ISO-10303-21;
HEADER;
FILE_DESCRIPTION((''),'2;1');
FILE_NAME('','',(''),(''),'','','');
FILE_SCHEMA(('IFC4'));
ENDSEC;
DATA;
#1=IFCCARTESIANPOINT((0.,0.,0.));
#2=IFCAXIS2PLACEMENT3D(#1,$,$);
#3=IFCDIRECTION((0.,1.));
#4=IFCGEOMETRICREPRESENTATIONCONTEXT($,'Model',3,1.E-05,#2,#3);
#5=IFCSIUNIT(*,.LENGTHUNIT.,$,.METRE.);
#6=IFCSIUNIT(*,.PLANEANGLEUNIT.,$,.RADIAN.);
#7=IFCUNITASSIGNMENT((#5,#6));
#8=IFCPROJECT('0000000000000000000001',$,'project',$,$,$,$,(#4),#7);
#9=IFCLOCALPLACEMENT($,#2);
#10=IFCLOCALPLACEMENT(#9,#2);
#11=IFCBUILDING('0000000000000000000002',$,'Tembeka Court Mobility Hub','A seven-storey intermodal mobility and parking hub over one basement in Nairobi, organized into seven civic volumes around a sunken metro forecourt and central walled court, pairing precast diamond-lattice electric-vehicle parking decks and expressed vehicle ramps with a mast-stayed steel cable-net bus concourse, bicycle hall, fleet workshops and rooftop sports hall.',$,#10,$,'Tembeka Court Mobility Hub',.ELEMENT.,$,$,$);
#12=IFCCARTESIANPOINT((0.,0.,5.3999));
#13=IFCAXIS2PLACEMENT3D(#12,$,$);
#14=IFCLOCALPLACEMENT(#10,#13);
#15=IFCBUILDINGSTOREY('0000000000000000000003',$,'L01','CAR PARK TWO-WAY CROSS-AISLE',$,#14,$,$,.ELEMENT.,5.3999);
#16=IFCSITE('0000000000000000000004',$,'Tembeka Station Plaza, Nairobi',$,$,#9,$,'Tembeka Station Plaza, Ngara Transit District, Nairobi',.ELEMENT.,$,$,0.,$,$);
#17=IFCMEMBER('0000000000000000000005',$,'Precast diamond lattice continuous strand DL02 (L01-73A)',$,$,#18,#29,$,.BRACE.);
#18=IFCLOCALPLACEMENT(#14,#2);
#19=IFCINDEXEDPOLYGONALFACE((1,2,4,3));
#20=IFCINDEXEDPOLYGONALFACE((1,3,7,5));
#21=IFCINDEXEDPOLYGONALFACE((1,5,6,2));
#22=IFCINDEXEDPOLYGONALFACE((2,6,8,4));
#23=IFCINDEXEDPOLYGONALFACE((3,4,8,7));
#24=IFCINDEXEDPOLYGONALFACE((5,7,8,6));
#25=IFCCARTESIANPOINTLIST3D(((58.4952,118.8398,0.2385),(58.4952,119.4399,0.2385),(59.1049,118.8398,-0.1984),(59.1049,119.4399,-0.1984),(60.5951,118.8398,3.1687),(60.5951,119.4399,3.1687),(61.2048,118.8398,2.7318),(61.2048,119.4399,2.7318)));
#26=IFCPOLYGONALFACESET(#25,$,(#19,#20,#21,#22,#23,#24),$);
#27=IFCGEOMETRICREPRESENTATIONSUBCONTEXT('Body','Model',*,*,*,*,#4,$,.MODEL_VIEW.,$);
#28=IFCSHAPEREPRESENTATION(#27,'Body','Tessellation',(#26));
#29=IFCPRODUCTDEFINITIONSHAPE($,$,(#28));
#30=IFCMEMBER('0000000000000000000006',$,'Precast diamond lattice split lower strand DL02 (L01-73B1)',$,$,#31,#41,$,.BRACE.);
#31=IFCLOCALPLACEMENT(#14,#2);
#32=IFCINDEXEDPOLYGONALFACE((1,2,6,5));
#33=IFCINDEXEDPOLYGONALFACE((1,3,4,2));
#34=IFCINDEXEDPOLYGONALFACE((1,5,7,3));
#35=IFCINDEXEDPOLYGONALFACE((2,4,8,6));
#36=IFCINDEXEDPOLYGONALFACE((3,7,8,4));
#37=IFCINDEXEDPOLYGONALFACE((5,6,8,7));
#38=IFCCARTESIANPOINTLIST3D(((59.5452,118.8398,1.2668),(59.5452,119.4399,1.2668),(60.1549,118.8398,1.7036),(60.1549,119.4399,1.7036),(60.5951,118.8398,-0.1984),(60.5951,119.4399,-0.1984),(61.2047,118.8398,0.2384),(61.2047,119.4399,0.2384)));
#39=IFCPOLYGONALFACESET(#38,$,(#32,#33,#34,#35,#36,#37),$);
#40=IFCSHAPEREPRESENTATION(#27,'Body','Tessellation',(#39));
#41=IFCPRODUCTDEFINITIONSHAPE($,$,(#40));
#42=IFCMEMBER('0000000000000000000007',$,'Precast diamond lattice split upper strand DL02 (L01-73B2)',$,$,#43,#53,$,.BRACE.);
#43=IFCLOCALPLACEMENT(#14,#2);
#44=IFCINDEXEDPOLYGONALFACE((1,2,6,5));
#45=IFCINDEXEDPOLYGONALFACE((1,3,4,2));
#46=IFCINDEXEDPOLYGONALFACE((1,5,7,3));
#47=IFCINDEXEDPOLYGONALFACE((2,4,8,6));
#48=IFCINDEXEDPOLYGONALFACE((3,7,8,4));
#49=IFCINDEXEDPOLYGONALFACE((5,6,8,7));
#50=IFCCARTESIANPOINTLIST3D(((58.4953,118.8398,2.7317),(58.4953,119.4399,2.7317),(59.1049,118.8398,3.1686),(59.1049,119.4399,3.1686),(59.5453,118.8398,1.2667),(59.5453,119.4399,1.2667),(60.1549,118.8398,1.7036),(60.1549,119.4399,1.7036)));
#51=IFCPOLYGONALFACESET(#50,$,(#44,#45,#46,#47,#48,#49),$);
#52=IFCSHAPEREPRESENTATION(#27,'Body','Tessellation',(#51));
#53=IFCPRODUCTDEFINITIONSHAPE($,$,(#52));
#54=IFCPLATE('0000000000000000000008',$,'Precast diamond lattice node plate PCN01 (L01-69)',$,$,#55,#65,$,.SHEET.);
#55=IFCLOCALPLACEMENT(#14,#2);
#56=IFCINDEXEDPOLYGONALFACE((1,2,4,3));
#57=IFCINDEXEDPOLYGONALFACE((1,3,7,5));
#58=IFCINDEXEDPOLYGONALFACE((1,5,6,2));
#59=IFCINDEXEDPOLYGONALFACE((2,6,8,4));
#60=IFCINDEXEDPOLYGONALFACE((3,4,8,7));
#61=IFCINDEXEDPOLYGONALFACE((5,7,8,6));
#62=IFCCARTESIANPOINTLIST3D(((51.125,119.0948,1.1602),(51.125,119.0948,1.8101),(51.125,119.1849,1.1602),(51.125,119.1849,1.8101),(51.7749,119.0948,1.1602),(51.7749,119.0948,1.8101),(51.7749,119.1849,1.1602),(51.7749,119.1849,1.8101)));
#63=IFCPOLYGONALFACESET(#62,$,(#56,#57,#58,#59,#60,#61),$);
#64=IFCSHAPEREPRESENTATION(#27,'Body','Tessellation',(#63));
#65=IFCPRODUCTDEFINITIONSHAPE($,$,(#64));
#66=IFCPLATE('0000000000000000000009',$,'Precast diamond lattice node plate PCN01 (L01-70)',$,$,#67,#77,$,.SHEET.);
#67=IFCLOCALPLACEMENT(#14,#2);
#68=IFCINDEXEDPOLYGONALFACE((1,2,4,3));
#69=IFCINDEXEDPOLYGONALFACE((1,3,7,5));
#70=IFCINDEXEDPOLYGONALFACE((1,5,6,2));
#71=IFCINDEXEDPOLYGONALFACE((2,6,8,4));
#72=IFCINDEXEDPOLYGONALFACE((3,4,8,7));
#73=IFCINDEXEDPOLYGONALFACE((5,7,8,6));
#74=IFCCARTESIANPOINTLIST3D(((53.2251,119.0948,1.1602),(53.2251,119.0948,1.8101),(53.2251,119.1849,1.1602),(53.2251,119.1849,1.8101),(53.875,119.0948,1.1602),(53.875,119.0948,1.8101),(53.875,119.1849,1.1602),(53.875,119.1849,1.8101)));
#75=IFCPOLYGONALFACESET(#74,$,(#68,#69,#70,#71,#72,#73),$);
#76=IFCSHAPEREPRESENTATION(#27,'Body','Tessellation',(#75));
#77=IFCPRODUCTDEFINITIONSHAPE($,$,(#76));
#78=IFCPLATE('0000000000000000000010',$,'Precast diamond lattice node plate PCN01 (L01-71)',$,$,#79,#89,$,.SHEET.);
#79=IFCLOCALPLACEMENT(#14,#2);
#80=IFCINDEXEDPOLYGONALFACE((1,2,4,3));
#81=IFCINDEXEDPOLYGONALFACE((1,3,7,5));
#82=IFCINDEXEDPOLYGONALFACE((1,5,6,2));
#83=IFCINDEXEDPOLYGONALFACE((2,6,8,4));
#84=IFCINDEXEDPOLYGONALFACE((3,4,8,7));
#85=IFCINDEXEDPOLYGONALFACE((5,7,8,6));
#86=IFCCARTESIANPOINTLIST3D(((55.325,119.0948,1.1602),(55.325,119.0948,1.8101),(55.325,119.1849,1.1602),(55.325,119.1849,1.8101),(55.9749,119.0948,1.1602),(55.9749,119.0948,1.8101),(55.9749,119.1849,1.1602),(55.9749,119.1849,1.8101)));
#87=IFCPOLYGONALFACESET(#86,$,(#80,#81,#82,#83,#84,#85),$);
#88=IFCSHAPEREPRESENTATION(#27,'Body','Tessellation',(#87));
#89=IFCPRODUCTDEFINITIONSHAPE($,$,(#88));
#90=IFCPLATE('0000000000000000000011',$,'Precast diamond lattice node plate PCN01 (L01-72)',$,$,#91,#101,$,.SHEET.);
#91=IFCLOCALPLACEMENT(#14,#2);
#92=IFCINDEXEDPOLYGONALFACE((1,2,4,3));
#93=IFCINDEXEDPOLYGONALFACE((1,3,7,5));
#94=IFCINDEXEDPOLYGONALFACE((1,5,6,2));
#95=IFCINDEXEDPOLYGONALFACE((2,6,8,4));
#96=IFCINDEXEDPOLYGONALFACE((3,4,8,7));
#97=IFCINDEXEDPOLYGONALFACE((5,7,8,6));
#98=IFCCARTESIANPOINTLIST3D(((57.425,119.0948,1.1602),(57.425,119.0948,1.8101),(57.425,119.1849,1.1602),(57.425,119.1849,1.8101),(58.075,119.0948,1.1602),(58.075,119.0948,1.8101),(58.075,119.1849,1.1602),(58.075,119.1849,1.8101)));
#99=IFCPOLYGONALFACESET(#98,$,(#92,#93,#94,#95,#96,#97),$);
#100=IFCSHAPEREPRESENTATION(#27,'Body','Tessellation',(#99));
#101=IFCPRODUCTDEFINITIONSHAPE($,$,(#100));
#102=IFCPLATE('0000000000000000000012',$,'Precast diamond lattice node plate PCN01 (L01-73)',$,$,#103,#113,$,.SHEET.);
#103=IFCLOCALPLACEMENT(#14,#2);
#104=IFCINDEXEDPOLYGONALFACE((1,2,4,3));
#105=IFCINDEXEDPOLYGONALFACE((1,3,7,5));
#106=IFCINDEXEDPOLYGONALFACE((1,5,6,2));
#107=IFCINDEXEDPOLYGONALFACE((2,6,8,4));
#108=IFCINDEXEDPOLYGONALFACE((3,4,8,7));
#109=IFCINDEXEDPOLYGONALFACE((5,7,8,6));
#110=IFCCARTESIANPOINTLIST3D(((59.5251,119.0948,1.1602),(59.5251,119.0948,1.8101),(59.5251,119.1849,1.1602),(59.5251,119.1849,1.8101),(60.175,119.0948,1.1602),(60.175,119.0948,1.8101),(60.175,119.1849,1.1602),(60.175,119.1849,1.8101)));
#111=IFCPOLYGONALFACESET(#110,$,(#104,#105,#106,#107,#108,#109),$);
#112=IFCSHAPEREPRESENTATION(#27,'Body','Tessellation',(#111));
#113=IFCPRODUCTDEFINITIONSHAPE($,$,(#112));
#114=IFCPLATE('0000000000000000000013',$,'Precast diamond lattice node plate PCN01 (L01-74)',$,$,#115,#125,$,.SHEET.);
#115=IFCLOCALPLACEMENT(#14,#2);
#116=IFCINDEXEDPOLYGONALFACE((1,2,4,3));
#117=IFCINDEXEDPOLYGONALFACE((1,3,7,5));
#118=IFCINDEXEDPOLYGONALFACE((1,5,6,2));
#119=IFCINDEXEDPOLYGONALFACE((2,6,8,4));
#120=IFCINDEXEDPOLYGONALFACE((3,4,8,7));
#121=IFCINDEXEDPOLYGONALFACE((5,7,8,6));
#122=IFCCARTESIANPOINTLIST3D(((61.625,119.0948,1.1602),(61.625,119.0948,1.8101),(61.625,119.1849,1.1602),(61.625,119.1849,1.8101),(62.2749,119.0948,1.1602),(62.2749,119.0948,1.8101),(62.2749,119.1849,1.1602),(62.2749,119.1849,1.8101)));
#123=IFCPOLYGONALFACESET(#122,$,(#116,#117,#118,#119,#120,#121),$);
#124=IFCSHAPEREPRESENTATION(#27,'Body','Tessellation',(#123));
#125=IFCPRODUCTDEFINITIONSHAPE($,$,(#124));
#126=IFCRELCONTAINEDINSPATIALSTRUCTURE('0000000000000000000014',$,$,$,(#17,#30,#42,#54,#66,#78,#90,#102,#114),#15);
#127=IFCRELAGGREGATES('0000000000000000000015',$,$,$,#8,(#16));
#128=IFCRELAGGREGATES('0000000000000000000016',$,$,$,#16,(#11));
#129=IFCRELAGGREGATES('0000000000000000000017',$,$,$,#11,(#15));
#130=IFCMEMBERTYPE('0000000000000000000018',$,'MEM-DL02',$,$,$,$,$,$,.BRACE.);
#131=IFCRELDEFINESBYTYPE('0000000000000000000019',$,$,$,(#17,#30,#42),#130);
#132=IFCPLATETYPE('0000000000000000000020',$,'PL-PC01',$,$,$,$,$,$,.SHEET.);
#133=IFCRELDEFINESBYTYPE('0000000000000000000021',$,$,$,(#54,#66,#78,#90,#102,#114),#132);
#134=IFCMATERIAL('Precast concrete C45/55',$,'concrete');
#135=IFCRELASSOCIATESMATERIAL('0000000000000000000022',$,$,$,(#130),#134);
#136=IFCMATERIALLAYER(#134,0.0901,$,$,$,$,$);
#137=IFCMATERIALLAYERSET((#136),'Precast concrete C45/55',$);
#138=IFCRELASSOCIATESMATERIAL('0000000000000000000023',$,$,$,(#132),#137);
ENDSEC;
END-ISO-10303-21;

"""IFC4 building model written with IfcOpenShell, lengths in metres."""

from ifc_helpers import new_model, si_unit, direction, frame, origin, origin_2d, place, context, subcontext, project, spatial, rectangle, extrude, material, layer, layer_set, material_profile, profile_set, type_object, element, save


model = new_model("IFC4")

# Units and contexts
model_context = context("Model", 3, precision=1e-05, world=origin(), true_north=direction((0.0, 1.0)))
body_context = subcontext(model_context, "Body", "Model", "MODEL_VIEW")
ifc_project = project(units=[si_unit("LENGTHUNIT", "METRE"), si_unit("PLANEANGLEUNIT", "RADIAN")], contexts=[model_context])

# Site, building, storey
site_placement = place(None, origin())
site = spatial("IfcSite", under=ifc_project, at=site_placement, Name="Tembeka Station Plaza, Nairobi", LongName="Tembeka Station Plaza, Ngara Transit District, Nairobi", CompositionType="ELEMENT", RefElevation=0.0)
building_placement = place(site_placement, origin())
building = spatial("IfcBuilding", under=site, at=building_placement, Name="Tembeka Court Mobility Hub", Description="A seven-storey intermodal mobility and parking hub over one basement in Nairobi, organized into seven civic volumes around a sunken metro forecourt and central walled court, pairing precast diamond-lattice electric-vehicle parking decks and expressed vehicle ramps with a mast-stayed steel cable-net bus concourse, bicycle hall, fleet workshops and rooftop sports hall.", LongName="Tembeka Court Mobility Hub", CompositionType="ELEMENT")
storey_placement = place(building_placement, frame((0.0, 0.0, 5.3999)))
storey = spatial("IfcBuildingStorey", under=building, at=storey_placement, Name="L01", Description="CAR PARK TWO-WAY CROSS-AISLE", CompositionType="ELEMENT", Elevation=5.3999)

# Members
ifc_material = material(Name="Precast concrete C45/55", Category="concrete")
ifc_material_profile_1 = material_profile(ifc_material, rectangle(XDim=0.6001, YDim=0.75, at=origin_2d()), Name="PC-DIAG 600x750")
ifc_profile_set_1 = profile_set([ifc_material_profile_1], Name="Precast concrete C45/55")
member_type_1 = type_object("IfcMemberType", Name="MEM-DL02", PredefinedType="BRACE", material=ifc_profile_set_1)
member_1_placement = place(storey_placement, frame((58.8, 119.1399, 0.02), z_axis=(0.5825, 0.0, 0.812831), x_axis=(0.0, 1.0, 0.0)))
element("IfcMember", 1, at=member_1_placement, inside=storey, type_object=member_type_1, Name="Precast diamond lattice continuous strand DL02 (L01-73A)", PredefinedType="BRACE", context=body_context, shape_type="SweptSolid", body=[
    extrude(rectangle(XDim=0.6001, YDim=0.75, at=origin_2d()), origin(), (0.0, 0.0, 1.0), 3.605),
])
for number, where, z_axis, x_axis, name in (
    (2, (60.8999, 119.1399, 0.02), (-0.582455, 0.0, 0.812863), (0.0, -1.0, 0.0), "Precast diamond lattice split lower strand DL02 (L01-73B1)"),
    (3, (59.8501, 119.1399, 1.4851), (-0.582544, 0.0, 0.812799), (0.0, -1.0, 0.0), "Precast diamond lattice split upper strand DL02 (L01-73B2)"),
):
    element("IfcMember", number, at=place(storey_placement, frame(where, z_axis=z_axis, x_axis=x_axis)), inside=storey, type_object=member_type_1, Name=name, PredefinedType="BRACE", context=body_context, shape_type="SweptSolid", body=[
        extrude(rectangle(XDim=0.6001, YDim=0.75, at=origin_2d()), origin(), (0.0, 0.0, 1.0), 1.8025),
    ])

# Plates
ifc_layer = layer(ifc_material, 0.0901)
ifc_layer_set = layer_set([ifc_layer], Name="Precast concrete C45/55")
plate_type = type_object("IfcPlateType", Name="PL-PC01", PredefinedType="SHEET", material=ifc_layer_set)
for number, where, z_axis, x_axis, name in (
    (4, (51.45, 119.1399, 1.1602), (0.0, 0.0, 1.0), (1.0, 0.0, 0.0), "Precast diamond lattice node plate PCN01 (L01-69)"),
    (5, (53.55, 119.1399, 1.1602), (0.0, 0.0, 1.0), (1.0, 0.0, 0.0), "Precast diamond lattice node plate PCN01 (L01-70)"),
    (6, (55.6499, 119.1399, 1.1602), (0.0, 0.0, 1.0), (1.0, 0.0, 0.0), "Precast diamond lattice node plate PCN01 (L01-71)"),
    (7, (57.75, 119.1399, 1.1602), (0.0, 0.0, 1.0), (1.0, 0.0, 0.0), "Precast diamond lattice node plate PCN01 (L01-72)"),
    (8, (59.8501, 119.1399, 1.1602), (0.0, 0.0, 1.0), (1.0, 0.0, 0.0), "Precast diamond lattice node plate PCN01 (L01-73)"),
    (9, (61.95, 119.1399, 1.1602), (0.0, 0.0, 1.0), (1.0, 0.0, 0.0), "Precast diamond lattice node plate PCN01 (L01-74)"),
):
    element("IfcPlate", number, at=place(storey_placement, frame(where, z_axis=z_axis, x_axis=x_axis)), inside=storey, type_object=plate_type, Name=name, PredefinedType="SHEET", context=body_context, shape_type="SweptSolid", body=[
        extrude(rectangle(XDim=0.6499, YDim=0.0901, at=origin_2d()), origin(), (0.0, 0.0, 1.0), 0.6499),
    ])

save(model, "model.ifc")
